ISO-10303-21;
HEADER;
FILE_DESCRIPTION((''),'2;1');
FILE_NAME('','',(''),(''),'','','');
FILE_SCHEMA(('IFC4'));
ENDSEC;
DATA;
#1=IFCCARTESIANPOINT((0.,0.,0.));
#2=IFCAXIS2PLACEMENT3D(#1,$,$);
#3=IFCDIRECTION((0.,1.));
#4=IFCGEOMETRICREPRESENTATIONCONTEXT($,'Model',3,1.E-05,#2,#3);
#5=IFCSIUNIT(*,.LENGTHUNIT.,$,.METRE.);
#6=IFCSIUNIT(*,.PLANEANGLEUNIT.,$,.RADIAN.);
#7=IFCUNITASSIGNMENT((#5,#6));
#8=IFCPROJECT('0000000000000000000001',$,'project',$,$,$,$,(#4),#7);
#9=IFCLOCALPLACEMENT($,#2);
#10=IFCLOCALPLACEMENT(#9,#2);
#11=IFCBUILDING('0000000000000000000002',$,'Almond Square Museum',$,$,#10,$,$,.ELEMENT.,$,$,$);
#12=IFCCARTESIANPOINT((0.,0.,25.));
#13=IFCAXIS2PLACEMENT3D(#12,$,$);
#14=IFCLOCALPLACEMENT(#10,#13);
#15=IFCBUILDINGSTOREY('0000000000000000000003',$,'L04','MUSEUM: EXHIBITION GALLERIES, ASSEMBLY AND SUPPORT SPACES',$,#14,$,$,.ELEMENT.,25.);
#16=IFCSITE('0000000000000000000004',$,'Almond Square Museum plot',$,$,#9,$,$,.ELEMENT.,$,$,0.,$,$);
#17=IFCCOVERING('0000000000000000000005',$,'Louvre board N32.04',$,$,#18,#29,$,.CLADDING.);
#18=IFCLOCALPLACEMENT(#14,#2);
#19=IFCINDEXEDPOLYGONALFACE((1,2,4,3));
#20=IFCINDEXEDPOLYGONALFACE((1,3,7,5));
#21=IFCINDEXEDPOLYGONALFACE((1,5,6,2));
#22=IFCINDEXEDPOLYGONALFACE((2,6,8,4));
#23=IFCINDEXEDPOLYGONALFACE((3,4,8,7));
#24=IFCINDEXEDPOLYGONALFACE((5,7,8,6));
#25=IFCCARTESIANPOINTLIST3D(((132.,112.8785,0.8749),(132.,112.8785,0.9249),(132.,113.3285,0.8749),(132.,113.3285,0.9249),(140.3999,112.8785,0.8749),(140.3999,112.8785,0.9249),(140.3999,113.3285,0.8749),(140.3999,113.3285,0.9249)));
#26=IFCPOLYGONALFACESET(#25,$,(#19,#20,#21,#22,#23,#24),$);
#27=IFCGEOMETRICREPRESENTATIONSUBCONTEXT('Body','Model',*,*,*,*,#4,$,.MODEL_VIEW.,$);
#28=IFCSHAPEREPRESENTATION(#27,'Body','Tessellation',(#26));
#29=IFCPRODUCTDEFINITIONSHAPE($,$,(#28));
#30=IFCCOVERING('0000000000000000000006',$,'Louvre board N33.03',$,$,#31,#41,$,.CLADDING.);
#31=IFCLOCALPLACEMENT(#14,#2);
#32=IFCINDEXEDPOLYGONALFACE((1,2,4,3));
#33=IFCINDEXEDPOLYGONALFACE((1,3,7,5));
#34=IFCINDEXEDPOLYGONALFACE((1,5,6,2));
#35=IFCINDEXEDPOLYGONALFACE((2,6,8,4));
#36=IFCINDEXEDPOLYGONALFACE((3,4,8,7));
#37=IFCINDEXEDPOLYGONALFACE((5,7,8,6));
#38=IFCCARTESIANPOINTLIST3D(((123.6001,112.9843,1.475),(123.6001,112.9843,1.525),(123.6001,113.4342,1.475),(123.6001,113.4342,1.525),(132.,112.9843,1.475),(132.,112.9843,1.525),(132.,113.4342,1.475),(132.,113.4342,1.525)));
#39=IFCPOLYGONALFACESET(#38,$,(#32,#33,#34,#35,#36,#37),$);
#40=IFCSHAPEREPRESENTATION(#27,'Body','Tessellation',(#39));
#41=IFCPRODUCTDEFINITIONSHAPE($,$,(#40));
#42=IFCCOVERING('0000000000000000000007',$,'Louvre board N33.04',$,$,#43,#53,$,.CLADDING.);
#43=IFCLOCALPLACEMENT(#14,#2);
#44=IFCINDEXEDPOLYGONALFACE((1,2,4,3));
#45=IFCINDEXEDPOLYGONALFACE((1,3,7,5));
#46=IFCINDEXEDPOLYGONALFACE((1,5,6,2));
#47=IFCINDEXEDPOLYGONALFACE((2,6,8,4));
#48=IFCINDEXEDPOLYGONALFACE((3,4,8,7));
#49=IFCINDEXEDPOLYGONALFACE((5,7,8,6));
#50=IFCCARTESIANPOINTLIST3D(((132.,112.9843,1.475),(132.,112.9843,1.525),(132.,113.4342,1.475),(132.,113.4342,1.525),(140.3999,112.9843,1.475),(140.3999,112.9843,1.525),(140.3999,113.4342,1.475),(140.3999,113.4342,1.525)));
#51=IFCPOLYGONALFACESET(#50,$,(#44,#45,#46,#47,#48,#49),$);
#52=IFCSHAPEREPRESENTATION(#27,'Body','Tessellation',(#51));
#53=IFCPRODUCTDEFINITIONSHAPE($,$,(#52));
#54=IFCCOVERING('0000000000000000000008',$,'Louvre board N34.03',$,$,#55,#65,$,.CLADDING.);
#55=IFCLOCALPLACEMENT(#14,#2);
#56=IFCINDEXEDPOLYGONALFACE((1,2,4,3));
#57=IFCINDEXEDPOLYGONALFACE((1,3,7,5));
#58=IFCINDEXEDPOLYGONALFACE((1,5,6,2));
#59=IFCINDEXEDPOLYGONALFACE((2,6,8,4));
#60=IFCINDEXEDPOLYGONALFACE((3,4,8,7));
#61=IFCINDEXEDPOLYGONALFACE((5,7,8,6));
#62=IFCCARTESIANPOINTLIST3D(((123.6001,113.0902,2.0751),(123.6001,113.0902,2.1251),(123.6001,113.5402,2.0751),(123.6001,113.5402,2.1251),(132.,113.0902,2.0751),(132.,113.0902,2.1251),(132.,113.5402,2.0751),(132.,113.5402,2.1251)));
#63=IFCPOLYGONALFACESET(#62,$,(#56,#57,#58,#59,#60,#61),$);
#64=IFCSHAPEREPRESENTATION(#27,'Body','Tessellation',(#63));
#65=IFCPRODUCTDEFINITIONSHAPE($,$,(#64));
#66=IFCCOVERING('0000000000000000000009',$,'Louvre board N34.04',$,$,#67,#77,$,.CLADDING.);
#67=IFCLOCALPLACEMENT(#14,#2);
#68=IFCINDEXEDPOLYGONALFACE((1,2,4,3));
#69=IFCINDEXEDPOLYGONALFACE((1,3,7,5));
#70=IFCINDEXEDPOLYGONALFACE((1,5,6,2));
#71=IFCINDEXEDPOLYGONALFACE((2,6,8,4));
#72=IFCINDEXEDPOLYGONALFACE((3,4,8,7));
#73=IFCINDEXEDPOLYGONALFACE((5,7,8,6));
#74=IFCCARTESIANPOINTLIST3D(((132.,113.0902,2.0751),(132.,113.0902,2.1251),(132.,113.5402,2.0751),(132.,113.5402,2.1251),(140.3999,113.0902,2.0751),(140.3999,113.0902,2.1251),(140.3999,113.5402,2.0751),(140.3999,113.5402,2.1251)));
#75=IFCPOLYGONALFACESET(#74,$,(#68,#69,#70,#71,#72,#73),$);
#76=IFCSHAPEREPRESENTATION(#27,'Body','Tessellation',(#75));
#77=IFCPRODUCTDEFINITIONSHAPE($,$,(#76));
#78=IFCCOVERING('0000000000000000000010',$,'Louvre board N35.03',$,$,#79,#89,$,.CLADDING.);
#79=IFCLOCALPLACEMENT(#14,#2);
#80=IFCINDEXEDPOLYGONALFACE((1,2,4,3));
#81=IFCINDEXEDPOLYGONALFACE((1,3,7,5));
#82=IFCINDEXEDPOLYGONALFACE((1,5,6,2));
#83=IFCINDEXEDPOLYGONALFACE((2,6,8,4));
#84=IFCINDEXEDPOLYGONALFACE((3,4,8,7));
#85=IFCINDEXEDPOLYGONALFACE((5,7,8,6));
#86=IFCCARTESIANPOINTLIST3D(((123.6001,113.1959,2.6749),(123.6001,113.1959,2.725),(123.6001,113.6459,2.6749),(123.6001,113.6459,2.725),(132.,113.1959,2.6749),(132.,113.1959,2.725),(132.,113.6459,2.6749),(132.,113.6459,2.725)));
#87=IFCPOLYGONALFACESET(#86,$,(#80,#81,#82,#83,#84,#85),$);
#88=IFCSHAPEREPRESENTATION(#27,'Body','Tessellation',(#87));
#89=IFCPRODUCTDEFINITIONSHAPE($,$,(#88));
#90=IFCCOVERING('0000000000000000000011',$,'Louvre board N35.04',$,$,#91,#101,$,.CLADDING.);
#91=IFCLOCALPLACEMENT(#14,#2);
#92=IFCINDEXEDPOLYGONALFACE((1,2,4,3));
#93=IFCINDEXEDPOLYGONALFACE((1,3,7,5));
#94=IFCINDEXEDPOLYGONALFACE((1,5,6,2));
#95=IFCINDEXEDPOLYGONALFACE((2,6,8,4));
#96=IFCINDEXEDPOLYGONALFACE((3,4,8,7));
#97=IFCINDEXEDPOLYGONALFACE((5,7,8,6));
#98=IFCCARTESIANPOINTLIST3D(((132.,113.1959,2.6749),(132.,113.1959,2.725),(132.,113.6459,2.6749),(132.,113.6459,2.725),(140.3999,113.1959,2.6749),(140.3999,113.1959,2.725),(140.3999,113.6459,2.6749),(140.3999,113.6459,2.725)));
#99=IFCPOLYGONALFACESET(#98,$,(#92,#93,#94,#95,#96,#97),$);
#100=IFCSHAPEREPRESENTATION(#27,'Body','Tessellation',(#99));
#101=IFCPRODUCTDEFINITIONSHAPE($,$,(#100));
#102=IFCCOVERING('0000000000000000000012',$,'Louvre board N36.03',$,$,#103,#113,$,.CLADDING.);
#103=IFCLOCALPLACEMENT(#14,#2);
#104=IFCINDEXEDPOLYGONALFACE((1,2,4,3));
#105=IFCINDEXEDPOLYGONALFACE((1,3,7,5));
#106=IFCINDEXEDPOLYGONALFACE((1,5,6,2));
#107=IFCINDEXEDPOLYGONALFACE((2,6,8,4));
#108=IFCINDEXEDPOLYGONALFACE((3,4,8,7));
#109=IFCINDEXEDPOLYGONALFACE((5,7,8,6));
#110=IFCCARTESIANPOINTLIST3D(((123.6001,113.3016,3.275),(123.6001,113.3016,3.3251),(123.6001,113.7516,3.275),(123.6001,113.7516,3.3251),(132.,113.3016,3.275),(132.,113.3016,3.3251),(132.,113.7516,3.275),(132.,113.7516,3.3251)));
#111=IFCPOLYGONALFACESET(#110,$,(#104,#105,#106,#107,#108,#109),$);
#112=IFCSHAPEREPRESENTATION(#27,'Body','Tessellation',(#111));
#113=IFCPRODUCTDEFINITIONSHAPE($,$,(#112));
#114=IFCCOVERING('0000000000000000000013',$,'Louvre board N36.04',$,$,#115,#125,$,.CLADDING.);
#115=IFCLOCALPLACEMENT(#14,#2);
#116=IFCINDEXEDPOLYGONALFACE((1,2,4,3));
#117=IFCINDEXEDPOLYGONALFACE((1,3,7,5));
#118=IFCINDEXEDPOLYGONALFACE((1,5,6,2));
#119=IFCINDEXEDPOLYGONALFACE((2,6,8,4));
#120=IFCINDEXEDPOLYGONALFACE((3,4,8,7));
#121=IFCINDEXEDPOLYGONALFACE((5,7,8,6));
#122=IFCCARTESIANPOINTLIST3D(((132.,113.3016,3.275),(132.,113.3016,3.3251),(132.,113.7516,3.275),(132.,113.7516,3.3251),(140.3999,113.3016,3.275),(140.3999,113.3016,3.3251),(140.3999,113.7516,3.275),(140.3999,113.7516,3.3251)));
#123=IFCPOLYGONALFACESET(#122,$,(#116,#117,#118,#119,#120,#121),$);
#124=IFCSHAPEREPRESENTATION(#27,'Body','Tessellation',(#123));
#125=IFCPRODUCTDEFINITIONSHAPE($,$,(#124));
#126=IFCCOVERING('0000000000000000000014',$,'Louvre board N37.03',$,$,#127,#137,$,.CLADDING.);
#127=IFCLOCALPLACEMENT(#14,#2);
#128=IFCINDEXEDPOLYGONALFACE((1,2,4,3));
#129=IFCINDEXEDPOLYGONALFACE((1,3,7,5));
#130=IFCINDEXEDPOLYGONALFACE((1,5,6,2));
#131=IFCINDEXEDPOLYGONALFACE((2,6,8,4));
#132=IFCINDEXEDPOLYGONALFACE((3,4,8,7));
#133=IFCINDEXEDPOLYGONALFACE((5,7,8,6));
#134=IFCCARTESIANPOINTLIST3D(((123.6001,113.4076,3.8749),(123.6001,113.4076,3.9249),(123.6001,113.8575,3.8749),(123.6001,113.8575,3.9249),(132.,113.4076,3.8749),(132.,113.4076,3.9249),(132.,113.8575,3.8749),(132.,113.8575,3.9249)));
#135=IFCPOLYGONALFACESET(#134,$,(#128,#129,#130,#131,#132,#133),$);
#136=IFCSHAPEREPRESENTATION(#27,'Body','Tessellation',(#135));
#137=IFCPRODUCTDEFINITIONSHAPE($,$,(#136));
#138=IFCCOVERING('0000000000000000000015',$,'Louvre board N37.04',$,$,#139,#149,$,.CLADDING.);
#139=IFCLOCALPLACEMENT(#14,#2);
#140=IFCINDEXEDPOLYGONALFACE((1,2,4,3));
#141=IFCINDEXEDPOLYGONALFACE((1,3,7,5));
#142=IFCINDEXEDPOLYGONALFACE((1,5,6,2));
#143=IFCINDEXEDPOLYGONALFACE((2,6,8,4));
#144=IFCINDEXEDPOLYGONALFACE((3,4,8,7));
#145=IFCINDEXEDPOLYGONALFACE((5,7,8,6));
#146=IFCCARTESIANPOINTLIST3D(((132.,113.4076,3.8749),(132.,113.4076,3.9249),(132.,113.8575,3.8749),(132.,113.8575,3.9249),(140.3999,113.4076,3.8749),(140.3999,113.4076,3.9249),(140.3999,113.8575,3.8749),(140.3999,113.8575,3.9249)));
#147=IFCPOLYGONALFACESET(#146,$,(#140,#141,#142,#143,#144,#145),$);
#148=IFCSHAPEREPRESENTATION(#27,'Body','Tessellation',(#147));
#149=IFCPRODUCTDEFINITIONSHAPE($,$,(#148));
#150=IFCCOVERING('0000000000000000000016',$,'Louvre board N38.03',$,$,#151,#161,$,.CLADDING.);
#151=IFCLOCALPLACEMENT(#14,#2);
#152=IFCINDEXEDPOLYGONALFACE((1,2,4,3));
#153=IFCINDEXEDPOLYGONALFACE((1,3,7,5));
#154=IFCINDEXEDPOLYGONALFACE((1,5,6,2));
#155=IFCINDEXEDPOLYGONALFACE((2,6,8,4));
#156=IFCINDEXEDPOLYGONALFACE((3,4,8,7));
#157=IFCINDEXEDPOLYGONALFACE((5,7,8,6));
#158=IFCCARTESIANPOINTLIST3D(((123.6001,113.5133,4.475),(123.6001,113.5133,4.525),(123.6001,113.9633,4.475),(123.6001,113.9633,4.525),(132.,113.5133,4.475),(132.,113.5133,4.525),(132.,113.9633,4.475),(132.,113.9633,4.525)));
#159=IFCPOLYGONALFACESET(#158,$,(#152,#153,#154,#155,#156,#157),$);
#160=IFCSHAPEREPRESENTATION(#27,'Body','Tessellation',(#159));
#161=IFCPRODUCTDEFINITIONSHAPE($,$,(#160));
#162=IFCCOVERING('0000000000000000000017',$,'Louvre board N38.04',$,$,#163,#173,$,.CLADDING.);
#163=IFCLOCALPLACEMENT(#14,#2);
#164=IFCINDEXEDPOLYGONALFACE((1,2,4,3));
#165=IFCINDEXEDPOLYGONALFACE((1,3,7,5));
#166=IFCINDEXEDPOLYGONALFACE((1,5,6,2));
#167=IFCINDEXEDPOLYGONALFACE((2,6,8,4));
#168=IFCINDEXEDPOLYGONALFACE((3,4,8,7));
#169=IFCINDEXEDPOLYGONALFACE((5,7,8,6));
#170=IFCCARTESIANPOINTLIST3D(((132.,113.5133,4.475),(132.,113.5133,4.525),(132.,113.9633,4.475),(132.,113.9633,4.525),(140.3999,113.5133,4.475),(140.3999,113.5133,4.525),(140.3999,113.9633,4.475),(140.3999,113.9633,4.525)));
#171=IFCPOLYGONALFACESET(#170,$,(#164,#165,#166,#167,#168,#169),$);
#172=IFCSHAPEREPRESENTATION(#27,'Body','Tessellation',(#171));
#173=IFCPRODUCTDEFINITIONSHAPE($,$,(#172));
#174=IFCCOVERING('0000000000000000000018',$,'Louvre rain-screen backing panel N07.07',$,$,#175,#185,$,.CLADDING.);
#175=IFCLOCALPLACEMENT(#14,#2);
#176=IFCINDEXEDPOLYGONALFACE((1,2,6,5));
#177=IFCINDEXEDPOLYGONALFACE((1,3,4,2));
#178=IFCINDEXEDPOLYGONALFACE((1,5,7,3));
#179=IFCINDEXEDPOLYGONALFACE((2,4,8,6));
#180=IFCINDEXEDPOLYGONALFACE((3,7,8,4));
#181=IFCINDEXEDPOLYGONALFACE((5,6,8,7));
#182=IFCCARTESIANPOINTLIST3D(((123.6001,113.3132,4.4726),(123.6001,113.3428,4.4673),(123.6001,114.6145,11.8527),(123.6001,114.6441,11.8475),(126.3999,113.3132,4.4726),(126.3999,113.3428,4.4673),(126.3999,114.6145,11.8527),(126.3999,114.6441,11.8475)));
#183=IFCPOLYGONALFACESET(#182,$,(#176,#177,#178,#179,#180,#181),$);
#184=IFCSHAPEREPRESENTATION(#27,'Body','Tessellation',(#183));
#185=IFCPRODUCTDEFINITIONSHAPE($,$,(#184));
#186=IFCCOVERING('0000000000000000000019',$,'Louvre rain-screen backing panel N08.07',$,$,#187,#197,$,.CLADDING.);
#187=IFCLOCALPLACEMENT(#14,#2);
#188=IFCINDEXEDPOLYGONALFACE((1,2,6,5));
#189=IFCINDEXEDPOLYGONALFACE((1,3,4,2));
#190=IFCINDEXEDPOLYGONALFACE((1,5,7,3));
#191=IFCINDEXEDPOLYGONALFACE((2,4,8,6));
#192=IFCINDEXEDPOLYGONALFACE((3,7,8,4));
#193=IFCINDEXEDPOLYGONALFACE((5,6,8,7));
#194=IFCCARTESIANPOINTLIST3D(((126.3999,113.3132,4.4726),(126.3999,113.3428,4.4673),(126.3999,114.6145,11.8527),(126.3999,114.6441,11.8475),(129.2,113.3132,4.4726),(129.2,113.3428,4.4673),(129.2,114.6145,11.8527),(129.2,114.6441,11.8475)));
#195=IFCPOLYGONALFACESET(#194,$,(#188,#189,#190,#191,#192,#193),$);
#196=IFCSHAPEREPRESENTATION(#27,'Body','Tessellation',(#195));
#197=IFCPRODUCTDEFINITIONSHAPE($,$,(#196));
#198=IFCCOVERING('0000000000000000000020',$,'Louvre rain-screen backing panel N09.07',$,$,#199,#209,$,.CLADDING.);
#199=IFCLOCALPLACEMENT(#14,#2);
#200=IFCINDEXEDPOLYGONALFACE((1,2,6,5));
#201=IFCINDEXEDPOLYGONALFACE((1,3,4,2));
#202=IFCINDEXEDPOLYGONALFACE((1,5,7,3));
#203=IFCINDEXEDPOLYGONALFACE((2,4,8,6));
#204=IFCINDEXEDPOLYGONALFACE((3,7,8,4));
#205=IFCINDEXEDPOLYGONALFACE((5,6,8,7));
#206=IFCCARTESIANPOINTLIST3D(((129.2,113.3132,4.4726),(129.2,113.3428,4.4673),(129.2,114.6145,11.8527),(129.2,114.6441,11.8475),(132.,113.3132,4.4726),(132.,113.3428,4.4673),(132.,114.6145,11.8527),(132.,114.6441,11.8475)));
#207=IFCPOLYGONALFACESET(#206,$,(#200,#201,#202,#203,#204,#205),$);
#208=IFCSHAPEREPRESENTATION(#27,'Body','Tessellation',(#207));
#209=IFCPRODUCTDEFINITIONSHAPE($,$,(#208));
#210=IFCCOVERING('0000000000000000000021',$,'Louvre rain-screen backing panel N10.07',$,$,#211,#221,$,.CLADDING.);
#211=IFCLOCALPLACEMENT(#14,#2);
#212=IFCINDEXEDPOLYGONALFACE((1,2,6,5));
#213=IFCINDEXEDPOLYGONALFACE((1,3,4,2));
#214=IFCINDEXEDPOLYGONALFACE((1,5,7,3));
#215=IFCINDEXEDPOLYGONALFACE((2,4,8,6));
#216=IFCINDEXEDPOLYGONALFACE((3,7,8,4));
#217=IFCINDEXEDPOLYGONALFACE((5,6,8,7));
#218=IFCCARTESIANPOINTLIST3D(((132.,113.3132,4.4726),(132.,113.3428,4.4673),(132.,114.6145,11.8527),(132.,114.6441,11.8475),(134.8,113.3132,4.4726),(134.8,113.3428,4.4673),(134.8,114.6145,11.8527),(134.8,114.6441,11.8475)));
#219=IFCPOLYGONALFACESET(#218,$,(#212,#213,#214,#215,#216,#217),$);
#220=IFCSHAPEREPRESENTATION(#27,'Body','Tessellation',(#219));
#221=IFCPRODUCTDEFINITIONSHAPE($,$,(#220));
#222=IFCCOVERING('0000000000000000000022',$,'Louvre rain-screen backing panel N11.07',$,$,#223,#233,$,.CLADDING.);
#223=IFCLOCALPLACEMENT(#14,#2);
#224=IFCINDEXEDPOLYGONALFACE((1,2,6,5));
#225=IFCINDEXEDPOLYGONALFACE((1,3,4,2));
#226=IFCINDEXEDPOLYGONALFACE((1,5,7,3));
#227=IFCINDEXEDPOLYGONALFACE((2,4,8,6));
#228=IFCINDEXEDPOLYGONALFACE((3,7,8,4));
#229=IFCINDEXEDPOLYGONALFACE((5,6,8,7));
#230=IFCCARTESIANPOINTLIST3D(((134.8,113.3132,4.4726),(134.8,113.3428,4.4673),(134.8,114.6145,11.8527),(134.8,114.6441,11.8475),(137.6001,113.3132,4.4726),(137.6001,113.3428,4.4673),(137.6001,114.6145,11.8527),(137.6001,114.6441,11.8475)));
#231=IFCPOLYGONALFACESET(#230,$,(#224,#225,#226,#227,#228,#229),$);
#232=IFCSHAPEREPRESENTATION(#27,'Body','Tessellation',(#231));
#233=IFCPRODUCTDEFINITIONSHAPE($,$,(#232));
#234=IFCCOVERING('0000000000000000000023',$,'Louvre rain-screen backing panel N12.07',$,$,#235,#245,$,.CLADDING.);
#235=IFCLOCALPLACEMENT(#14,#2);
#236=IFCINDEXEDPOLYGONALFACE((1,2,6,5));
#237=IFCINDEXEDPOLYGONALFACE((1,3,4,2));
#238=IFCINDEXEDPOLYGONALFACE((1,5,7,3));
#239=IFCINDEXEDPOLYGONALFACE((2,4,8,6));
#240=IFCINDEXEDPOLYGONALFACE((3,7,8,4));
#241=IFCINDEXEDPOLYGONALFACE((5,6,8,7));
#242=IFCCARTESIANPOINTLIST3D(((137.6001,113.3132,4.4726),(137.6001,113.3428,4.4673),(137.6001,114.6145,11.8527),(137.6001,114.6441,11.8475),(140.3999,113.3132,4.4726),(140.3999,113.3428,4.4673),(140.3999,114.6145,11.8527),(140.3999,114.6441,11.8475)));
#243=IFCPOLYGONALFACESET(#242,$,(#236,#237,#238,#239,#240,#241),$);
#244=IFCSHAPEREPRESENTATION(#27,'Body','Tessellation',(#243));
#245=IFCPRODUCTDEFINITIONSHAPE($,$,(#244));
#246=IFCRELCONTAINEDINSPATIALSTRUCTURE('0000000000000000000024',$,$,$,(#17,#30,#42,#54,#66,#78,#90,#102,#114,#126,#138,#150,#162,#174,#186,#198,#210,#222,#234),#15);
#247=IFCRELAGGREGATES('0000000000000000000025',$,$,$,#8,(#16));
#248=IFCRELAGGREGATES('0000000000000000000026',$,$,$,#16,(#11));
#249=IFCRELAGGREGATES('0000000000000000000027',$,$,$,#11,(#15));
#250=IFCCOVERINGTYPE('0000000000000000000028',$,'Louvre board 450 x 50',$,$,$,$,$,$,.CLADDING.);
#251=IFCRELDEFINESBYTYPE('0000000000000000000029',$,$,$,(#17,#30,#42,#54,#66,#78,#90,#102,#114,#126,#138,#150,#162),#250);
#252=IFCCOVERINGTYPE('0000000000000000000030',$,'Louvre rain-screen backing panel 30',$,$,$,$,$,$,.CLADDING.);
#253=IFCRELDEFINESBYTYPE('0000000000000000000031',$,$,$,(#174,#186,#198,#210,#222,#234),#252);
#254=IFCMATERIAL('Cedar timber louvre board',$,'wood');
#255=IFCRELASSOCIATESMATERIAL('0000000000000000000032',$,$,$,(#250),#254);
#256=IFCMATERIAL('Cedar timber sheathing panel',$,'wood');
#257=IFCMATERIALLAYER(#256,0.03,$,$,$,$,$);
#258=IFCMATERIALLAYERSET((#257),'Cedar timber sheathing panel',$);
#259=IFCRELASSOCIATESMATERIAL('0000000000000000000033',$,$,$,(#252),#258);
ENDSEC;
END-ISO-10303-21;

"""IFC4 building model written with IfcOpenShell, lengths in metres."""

from ifc_helpers import new_model, si_unit, direction, frame, origin, origin_2d, place, context, subcontext, project, spatial, polyline, rectangle, outline, extrude, material, layer, layer_set, material_profile, profile_set, type_object, element, save


model = new_model("IFC4")

# Units and contexts
model_context = context("Model", 3, precision=1e-05, world=origin(), true_north=direction((0.0, 1.0)))
body_context = subcontext(model_context, "Body", "Model", "MODEL_VIEW")
ifc_project = project(units=[si_unit("LENGTHUNIT", "METRE"), si_unit("PLANEANGLEUNIT", "RADIAN")], contexts=[model_context])

# Site, building, storey
site_placement = place(None, origin())
site = spatial("IfcSite", under=ifc_project, at=site_placement, Name="Almond Square Museum plot", CompositionType="ELEMENT", RefElevation=0.0)
building_placement = place(site_placement, origin())
building = spatial("IfcBuilding", under=site, at=building_placement, Name="Almond Square Museum", CompositionType="ELEMENT")
storey_placement = place(building_placement, frame((0.0, 0.0, 25.0)))
storey = spatial("IfcBuildingStorey", under=building, at=storey_placement, Name="L04", Description="MUSEUM: EXHIBITION GALLERIES, ASSEMBLY AND SUPPORT SPACES", CompositionType="ELEMENT", Elevation=25.0)

# Coverings
ifc_material_1 = material(Name="Cedar timber louvre board", Category="wood")
ifc_material_profile = material_profile(ifc_material_1, rectangle(XDim=0.45, YDim=0.05, at=origin_2d()))
ifc_profile_set = profile_set([ifc_material_profile], Name="Cedar timber louvre board")
covering_type_1 = type_object("IfcCoveringType", Name="Louvre board 450 x 50", PredefinedType="CLADDING", material=ifc_profile_set)
for number, where, z_axis, x_axis, name in (
    (1, (132.0, 113.1035, 0.8999), (1.0, 0.0, 0.0), (0.0, 1.0, 0.0), "Louvre board N32.04"),
    (2, (123.6001, 113.2092, 1.5), (1.0, 0.0, 0.0), (0.0, 1.0, 0.0), "Louvre board N33.03"),
    (3, (132.0, 113.2092, 1.5), (1.0, 0.0, 0.0), (0.0, 1.0, 0.0), "Louvre board N33.04"),
    (4, (123.6001, 113.3152, 2.1001), (1.0, 0.0, 0.0), (0.0, 1.0, 0.0), "Louvre board N34.03"),
    (5, (132.0, 113.3152, 2.1001), (1.0, 0.0, 0.0), (0.0, 1.0, 0.0), "Louvre board N34.04"),
    (6, (123.6001, 113.4209, 2.7), (1.0, 0.0, 0.0), (0.0, 1.0, 0.0), "Louvre board N35.03"),
    (7, (132.0, 113.4209, 2.7), (1.0, 0.0, 0.0), (0.0, 1.0, 0.0), "Louvre board N35.04"),
    (8, (123.6001, 113.5266, 3.3), (1.0, 0.0, 0.0), (0.0, 1.0, 0.0), "Louvre board N36.03"),
    (9, (132.0, 113.5266, 3.3), (1.0, 0.0, 0.0), (0.0, 1.0, 0.0), "Louvre board N36.04"),
    (10, (123.6001, 113.6326, 3.8999), (1.0, 0.0, 0.0), (0.0, 1.0, 0.0), "Louvre board N37.03"),
    (11, (132.0, 113.6326, 3.8999), (1.0, 0.0, 0.0), (0.0, 1.0, 0.0), "Louvre board N37.04"),
    (12, (123.6001, 113.7383, 4.5), (1.0, 0.0, 0.0), (0.0, 1.0, 0.0), "Louvre board N38.03"),
    (13, (132.0, 113.7383, 4.5), (1.0, 0.0, 0.0), (0.0, 1.0, 0.0), "Louvre board N38.04"),
):
    element("IfcCovering", number, at=place(storey_placement, frame(where, z_axis=z_axis, x_axis=x_axis)), inside=storey, type_object=covering_type_1, Name=name, PredefinedType="CLADDING", context=body_context, shape_type="SweptSolid", body=[
        extrude(rectangle(XDim=0.45, YDim=0.05, at=origin_2d()), origin(), (0.0, 0.0, 1.0), 8.3999),
    ])
ifc_material_2 = material(Name="Cedar timber sheathing panel", Category="wood")
ifc_layer = layer(ifc_material_2, 0.03)
ifc_layer_set = layer_set([ifc_layer], Name="Cedar timber sheathing panel")
covering_type_2 = type_object("IfcCoveringType", Name="Louvre rain-screen backing panel 30", PredefinedType="CLADDING", material=ifc_layer_set)
covering_1_placement = place(storey_placement, frame((123.6001, 113.3279, 4.47), z_axis=(0.0, -0.984809, 0.173642), x_axis=(1.0, 0.0, 0.0)))
element("IfcCovering", 14, at=covering_1_placement, inside=storey, type_object=covering_type_2, Name="Louvre rain-screen backing panel N07.07", PredefinedType="CLADDING", context=body_context, shape_type="SweptSolid", body=[
    extrude(outline(polyline([(0.0, 0.0), (2.7998, 0.0), (2.7998, 7.494), (0.0, 7.494), (0.0, 0.0)])), frame((0.0, 0.0, -0.0151)), (0.0, 0.0, 1.0), 0.03),
])
for number, where, z_axis, x_axis, name in (
    (15, (126.3999, 113.3279, 4.47), (0.0, -0.984809, 0.173642), (1.0, 0.0, 0.0), "Louvre rain-screen backing panel N08.07"),
    (16, (129.2, 113.3279, 4.47), (0.0, -0.984809, 0.173642), (1.0, 0.0, 0.0), "Louvre rain-screen backing panel N09.07"),
    (17, (132.0, 113.3279, 4.47), (0.0, -0.984809, 0.173642), (1.0, 0.0, 0.0), "Louvre rain-screen backing panel N10.07"),
    (18, (134.8, 113.3279, 4.47), (0.0, -0.984809, 0.173642), (1.0, 0.0, 0.0), "Louvre rain-screen backing panel N11.07"),
):
    element("IfcCovering", number, at=place(storey_placement, frame(where, z_axis=z_axis, x_axis=x_axis)), inside=storey, type_object=covering_type_2, Name=name, PredefinedType="CLADDING", context=body_context, shape_type="SweptSolid", body=[
        extrude(outline(polyline([(0.0, 0.0), (2.8, 0.0), (2.8, 7.494), (0.0, 7.494), (0.0, 0.0)])), frame((0.0, 0.0, -0.0151)), (0.0, 0.0, 1.0), 0.03),
    ])
covering_2_placement = place(storey_placement, frame((137.6001, 113.3279, 4.47), z_axis=(0.0, -0.984809, 0.173642), x_axis=(1.0, 0.0, 0.0)))
element("IfcCovering", 19, at=covering_2_placement, inside=storey, type_object=covering_type_2, Name="Louvre rain-screen backing panel N12.07", PredefinedType="CLADDING", context=body_context, shape_type="SweptSolid", body=[
    extrude(outline(polyline([(0.0, 0.0), (2.7998, 0.0), (2.7998, 7.494), (0.0, 7.494), (0.0, 0.0)])), frame((0.0, 0.0, -0.0151)), (0.0, 0.0, 1.0), 0.03),
])

save(model, "model.ifc")
